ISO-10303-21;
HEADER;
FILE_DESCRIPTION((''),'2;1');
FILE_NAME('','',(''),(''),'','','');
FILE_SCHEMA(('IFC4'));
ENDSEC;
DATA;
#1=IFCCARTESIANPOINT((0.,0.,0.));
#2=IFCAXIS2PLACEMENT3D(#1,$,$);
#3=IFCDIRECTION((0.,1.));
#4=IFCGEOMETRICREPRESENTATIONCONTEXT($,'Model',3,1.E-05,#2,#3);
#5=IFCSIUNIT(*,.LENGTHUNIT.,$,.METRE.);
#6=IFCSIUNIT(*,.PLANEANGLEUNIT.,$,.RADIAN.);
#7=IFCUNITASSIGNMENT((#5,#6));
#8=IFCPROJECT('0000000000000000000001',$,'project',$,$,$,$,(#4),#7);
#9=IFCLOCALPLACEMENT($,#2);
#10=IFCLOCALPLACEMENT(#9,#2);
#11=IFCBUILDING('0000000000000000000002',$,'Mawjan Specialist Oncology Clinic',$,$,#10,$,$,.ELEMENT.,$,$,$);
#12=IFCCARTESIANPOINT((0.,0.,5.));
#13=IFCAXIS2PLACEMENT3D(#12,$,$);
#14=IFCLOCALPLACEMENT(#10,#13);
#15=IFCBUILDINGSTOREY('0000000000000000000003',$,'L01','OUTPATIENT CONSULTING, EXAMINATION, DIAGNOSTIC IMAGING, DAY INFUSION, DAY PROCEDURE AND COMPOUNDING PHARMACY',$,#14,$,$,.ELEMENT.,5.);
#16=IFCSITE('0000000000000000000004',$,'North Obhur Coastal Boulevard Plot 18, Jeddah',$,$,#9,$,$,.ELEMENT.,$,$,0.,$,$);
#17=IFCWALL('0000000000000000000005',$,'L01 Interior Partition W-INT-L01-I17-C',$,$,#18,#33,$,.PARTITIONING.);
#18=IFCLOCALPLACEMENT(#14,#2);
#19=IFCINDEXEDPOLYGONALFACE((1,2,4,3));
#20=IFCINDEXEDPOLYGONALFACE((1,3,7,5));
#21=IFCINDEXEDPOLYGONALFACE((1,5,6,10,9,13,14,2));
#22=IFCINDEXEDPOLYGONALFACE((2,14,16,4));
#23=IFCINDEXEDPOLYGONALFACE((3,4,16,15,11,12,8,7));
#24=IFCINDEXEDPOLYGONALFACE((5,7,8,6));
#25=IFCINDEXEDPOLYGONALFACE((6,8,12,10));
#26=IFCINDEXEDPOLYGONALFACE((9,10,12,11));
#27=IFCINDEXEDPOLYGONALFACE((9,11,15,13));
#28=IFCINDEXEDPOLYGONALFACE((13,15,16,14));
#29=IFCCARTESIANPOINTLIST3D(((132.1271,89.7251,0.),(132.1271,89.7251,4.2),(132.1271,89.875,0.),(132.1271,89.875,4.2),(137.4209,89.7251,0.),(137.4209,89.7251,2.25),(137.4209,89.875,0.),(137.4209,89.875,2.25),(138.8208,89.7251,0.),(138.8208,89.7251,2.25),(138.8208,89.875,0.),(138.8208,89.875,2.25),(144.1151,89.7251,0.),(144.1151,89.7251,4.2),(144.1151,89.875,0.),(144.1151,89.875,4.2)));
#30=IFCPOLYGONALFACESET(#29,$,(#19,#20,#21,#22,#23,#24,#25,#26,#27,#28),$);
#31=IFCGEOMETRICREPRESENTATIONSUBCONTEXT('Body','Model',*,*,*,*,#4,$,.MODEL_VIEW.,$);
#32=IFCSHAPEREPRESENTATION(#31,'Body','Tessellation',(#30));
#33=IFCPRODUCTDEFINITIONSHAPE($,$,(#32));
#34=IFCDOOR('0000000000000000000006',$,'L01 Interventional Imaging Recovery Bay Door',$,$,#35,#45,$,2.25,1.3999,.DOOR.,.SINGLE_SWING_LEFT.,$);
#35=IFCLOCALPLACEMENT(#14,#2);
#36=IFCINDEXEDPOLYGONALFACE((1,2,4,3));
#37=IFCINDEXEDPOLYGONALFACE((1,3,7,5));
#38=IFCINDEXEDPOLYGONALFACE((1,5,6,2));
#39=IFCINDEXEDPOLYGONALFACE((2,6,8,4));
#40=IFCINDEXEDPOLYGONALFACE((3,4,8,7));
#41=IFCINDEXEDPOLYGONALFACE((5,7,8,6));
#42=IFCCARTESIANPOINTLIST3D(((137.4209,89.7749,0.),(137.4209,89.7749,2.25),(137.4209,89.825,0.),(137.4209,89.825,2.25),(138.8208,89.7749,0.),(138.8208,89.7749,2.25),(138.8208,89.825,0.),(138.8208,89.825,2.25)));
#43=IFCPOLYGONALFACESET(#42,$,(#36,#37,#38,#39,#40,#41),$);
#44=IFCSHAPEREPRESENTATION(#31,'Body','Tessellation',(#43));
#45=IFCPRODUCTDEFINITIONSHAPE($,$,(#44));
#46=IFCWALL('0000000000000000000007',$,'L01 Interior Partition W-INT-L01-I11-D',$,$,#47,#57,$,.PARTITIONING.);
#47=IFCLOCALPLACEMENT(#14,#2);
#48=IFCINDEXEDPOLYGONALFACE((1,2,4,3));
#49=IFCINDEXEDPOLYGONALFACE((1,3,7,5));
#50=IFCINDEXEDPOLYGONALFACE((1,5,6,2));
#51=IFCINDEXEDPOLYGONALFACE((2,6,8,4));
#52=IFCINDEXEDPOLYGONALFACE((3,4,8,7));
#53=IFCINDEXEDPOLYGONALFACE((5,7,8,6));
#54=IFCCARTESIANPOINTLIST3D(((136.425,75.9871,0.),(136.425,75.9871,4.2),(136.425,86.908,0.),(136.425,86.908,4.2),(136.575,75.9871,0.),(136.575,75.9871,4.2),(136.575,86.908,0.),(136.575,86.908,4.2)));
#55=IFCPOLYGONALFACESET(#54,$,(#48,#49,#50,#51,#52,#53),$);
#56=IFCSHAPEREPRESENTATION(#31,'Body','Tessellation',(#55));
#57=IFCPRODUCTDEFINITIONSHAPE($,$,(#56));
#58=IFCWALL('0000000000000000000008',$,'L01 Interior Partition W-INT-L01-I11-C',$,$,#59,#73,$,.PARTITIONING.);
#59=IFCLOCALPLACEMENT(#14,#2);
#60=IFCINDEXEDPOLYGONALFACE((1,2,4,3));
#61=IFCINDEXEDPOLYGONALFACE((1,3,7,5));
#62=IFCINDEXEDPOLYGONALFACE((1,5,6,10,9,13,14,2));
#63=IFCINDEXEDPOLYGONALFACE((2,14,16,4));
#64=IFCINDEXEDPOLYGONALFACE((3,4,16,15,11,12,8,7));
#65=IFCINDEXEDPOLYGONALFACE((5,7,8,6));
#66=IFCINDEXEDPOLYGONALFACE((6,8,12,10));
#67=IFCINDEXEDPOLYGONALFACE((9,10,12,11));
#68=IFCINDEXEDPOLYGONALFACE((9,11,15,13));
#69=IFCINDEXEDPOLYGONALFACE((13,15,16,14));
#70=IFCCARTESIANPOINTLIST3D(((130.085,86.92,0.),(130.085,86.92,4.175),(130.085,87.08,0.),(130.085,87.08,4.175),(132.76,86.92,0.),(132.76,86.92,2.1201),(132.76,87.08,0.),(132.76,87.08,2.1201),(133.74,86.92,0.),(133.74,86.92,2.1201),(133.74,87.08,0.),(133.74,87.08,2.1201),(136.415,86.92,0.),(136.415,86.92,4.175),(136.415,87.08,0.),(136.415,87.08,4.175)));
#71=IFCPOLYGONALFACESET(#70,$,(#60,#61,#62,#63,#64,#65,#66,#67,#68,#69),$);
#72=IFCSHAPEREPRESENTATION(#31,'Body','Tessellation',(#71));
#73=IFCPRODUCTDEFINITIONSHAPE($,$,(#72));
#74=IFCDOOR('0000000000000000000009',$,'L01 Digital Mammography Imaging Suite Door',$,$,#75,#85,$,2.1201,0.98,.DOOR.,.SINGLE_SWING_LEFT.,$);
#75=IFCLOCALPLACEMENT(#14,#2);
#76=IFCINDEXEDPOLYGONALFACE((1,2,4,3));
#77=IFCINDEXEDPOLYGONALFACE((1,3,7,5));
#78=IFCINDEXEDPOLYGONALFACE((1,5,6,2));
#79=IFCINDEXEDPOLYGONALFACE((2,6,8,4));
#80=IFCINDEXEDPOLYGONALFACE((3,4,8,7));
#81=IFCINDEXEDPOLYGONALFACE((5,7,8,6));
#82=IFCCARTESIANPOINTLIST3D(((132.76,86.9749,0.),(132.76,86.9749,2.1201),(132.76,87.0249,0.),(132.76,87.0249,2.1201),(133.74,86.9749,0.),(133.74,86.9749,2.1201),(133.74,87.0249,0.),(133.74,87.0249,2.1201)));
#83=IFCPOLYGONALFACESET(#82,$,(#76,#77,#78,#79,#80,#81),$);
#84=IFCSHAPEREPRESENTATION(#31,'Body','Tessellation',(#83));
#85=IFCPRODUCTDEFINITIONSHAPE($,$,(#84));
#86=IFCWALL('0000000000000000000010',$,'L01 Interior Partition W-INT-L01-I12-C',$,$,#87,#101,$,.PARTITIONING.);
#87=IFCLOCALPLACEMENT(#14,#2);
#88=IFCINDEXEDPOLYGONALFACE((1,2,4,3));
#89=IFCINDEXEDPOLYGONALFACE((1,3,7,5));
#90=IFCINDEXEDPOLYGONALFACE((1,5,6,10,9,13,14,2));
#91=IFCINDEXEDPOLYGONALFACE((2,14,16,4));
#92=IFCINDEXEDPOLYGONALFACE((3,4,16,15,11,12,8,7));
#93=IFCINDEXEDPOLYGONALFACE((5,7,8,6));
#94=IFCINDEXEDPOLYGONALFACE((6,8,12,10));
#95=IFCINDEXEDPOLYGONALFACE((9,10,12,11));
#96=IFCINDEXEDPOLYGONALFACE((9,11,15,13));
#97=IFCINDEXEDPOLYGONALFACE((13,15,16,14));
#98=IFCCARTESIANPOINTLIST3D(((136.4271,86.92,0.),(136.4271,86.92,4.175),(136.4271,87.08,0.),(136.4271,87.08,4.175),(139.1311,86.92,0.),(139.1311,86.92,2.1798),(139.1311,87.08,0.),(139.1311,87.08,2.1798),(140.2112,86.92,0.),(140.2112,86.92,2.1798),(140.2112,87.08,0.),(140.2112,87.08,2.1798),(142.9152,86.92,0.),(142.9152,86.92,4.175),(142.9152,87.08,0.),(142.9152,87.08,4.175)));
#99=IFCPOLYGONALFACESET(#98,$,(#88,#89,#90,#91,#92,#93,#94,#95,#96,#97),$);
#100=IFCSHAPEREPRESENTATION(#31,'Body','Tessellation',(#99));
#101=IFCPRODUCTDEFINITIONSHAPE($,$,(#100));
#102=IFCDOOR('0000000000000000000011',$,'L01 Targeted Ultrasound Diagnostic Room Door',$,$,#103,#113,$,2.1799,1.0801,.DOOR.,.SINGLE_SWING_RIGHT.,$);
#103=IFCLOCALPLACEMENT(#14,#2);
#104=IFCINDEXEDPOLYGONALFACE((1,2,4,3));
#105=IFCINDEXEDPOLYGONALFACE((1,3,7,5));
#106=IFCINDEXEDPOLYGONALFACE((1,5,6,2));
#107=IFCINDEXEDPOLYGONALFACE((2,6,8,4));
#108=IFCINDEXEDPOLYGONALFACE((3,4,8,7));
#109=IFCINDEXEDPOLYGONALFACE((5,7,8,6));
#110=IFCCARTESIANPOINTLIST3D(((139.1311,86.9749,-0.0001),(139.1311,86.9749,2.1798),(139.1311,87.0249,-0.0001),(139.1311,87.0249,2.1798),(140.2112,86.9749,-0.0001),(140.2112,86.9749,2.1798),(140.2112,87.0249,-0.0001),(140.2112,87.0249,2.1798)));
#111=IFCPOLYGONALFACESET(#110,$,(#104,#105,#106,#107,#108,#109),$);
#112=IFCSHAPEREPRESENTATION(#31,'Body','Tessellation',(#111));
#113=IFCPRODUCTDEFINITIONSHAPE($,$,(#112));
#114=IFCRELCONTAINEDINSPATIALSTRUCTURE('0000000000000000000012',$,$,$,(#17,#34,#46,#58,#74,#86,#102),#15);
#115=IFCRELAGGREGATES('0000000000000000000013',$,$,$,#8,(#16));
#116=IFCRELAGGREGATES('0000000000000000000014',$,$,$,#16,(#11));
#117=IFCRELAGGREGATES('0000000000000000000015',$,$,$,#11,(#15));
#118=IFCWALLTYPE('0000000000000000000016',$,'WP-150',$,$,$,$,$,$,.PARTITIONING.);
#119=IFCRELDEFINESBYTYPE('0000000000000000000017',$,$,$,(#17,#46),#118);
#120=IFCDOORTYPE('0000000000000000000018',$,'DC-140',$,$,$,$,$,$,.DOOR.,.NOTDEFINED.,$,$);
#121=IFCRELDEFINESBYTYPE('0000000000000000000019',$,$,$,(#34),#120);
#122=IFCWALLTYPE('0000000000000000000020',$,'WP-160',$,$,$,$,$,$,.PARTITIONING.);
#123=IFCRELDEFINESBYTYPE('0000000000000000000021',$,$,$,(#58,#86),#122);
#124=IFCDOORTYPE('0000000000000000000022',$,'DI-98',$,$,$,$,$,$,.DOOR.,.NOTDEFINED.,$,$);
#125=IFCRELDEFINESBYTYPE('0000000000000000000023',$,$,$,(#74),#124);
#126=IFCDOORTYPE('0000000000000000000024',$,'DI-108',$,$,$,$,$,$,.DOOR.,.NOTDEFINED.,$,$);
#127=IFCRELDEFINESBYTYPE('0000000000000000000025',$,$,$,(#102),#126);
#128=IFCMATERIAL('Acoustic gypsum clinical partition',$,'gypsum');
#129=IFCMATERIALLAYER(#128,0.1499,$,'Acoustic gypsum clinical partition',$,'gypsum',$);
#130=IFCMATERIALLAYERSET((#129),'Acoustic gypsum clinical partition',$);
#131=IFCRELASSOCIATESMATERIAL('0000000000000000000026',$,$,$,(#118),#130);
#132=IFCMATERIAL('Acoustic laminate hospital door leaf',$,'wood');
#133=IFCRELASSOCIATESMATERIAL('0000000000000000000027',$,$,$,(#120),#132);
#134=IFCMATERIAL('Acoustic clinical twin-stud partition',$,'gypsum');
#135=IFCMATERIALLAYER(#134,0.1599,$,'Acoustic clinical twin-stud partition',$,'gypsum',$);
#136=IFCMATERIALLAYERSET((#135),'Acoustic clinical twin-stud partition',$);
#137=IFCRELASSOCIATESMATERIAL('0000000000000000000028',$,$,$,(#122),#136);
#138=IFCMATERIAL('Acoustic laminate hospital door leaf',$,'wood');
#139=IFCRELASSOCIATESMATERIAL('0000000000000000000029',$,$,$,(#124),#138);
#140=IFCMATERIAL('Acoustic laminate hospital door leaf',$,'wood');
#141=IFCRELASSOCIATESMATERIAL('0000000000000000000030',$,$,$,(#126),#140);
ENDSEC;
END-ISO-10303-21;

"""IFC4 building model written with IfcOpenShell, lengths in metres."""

from ifc_helpers import new_model, si_unit, direction, frame, frame_2d, origin, place, context, subcontext, project, spatial, rectangle, extrude, material, layer, layer_set, type_object, element, fill, save


model = new_model("IFC4")

# Units and contexts
model_context = context("Model", 3, precision=1e-05, world=origin(), true_north=direction((0.0, 1.0)))
body_context = subcontext(model_context, "Body", "Model", "MODEL_VIEW")
ifc_project = project(units=[si_unit("LENGTHUNIT", "METRE"), si_unit("PLANEANGLEUNIT", "RADIAN")], contexts=[model_context])

# Site, building, storey
site_placement = place(None, origin())
site = spatial("IfcSite", under=ifc_project, at=site_placement, Name="North Obhur Coastal Boulevard Plot 18, Jeddah", CompositionType="ELEMENT", RefElevation=0.0)
building_placement = place(site_placement, origin())
building = spatial("IfcBuilding", under=site, at=building_placement, Name="Mawjan Specialist Oncology Clinic", CompositionType="ELEMENT")
storey_placement = place(building_placement, frame((0.0, 0.0, 5.0)))
storey = spatial("IfcBuildingStorey", under=building, at=storey_placement, Name="L01", Description="OUTPATIENT CONSULTING, EXAMINATION, DIAGNOSTIC IMAGING, DAY INFUSION, DAY PROCEDURE AND COMPOUNDING PHARMACY", CompositionType="ELEMENT", Elevation=5.0)

# Wall, opening, door
ifc_material_1 = material(Name="Acoustic gypsum clinical partition", Category="gypsum")
ifc_layer_1 = layer(ifc_material_1, 0.1499, Name="Acoustic gypsum clinical partition", Category="gypsum")
ifc_layer_set_1 = layer_set([ifc_layer_1], Name="Acoustic gypsum clinical partition")
wall_type_1 = type_object("IfcWallType", Name="WP-150", PredefinedType="PARTITIONING", material=ifc_layer_set_1)
wall_1_placement = place(storey_placement, frame((132.127, 89.8, 0.0), z_axis=(0.0, 0.0, 1.0), x_axis=(1.0, 0.0, 0.0)))
wall_1 = element("IfcWall", 1, at=wall_1_placement, inside=storey, type_object=wall_type_1, Name="L01 Interior Partition W-INT-L01-I17-C", PredefinedType="PARTITIONING", context=body_context, shape_type="SweptSolid", body=[
    extrude(rectangle(XDim=11.988, YDim=0.1499, at=frame_2d((5.9941, 0.0))), origin(), (0.0, 0.0, 1.0), 4.2),
])
opening_1_placement = place(wall_1_placement, frame((5.2939, 0.0, 0.0)))
opening_1 = element("IfcOpeningElement", 2, at=opening_1_placement, cuts=wall_1, PredefinedType="OPENING", context=body_context, shape_type="SweptSolid", body=[
    extrude(rectangle(XDim=1.3999, YDim=2.25, at=frame_2d((0.7, 1.125))), frame((0.0, 0.0869, 0.0), z_axis=(0.0, -1.0, 0.0), x_axis=(1.0, 0.0, 0.0)), (0.0, 0.0, 1.0), 0.1738),
])
ifc_material_2 = material(Name="Acoustic laminate hospital door leaf", Category="wood")
door_type_1 = type_object("IfcDoorType", Name="DC-140", OperationType="NOTDEFINED", PredefinedType="DOOR", material=ifc_material_2)
door_1_placement = place(opening_1_placement, origin())
door_1 = element("IfcDoor", 3, at=door_1_placement, inside=storey, type_object=door_type_1, Name="L01 Interventional Imaging Recovery Bay Door", OperationType="SINGLE_SWING_LEFT", OverallHeight=2.25, OverallWidth=1.3999, PredefinedType="DOOR", context=body_context, shape_type="SweptSolid", body=[
    extrude(rectangle(XDim=1.3999, YDim=2.25, at=frame_2d((0.7, 1.125))), frame((0.0, 0.0249, 0.0), z_axis=(0.0, -1.0, 0.0), x_axis=(1.0, 0.0, 0.0)), (0.0, 0.0, 1.0), 0.05),
])
fill(opening_1, door_1)

# Wall
wall_2_placement = place(storey_placement, frame((136.5, 75.9871, 0.0), z_axis=(0.0, 0.0, 1.0), x_axis=(0.0, 1.0, 0.0)))
element("IfcWall", 4, at=wall_2_placement, inside=storey, type_object=wall_type_1, Name="L01 Interior Partition W-INT-L01-I11-D", PredefinedType="PARTITIONING", context=body_context, shape_type="SweptSolid", body=[
    extrude(rectangle(XDim=10.9209, YDim=0.1499, at=frame_2d((5.4604, 0.0))), origin(), (0.0, 0.0, 1.0), 4.2),
])

# Walls, openings, doors
ifc_material_3 = material(Name="Acoustic clinical twin-stud partition", Category="gypsum")
ifc_layer_2 = layer(ifc_material_3, 0.1599, Name="Acoustic clinical twin-stud partition", Category="gypsum")
ifc_layer_set_2 = layer_set([ifc_layer_2], Name="Acoustic clinical twin-stud partition")
wall_type_2 = type_object("IfcWallType", Name="WP-160", PredefinedType="PARTITIONING", material=ifc_layer_set_2)
wall_3_placement = place(storey_placement, frame((130.085, 87.0, 0.0), z_axis=(0.0, 0.0, 1.0), x_axis=(1.0, 0.0, 0.0)))
wall_3 = element("IfcWall", 5, at=wall_3_placement, inside=storey, type_object=wall_type_2, Name="L01 Interior Partition W-INT-L01-I11-C", PredefinedType="PARTITIONING", context=body_context, shape_type="SweptSolid", body=[
    extrude(rectangle(XDim=6.3301, YDim=0.1599, at=frame_2d((3.165, 0.0))), origin(), (0.0, 0.0, 1.0), 4.175),
])
opening_2_placement = place(wall_3_placement, frame((2.675, 0.0, 0.0)))
opening_2 = element("IfcOpeningElement", 6, at=opening_2_placement, cuts=wall_3, PredefinedType="OPENING", context=body_context, shape_type="SweptSolid", body=[
    extrude(rectangle(XDim=0.98, YDim=2.1201, at=frame_2d((0.49, 1.0601))), frame((0.0, 0.092, 0.0), z_axis=(0.0, -1.0, 0.0), x_axis=(1.0, 0.0, 0.0)), (0.0, 0.0, 1.0), 0.1838),
])
ifc_material_4 = material(Name="Acoustic laminate hospital door leaf", Category="wood")
door_type_2 = type_object("IfcDoorType", Name="DI-98", OperationType="NOTDEFINED", PredefinedType="DOOR", material=ifc_material_4)
door_2_placement = place(opening_2_placement, origin())
door_2 = element("IfcDoor", 7, at=door_2_placement, inside=storey, type_object=door_type_2, Name="L01 Digital Mammography Imaging Suite Door", OperationType="SINGLE_SWING_LEFT", OverallHeight=2.1201, OverallWidth=0.98, PredefinedType="DOOR", context=body_context, shape_type="SweptSolid", body=[
    extrude(rectangle(XDim=0.98, YDim=2.1201, at=frame_2d((0.49, 1.0601))), frame((0.0, 0.0249, 0.0), z_axis=(0.0, -1.0, 0.0), x_axis=(1.0, 0.0, 0.0)), (0.0, 0.0, 1.0), 0.05),
])
fill(opening_2, door_2)
wall_4_placement = place(storey_placement, frame((136.427, 87.0, 0.0), z_axis=(0.0, 0.0, 1.0), x_axis=(1.0, 0.0, 0.0)))
wall_4 = element("IfcWall", 8, at=wall_4_placement, inside=storey, type_object=wall_type_2, Name="L01 Interior Partition W-INT-L01-I12-C", PredefinedType="PARTITIONING", context=body_context, shape_type="SweptSolid", body=[
    extrude(rectangle(XDim=6.488, YDim=0.1599, at=frame_2d((3.2441, 0.0))), origin(), (0.0, 0.0, 1.0), 4.175),
])
opening_3_placement = place(wall_4_placement, frame((2.7041, 0.0, 0.0)))
opening_3 = element("IfcOpeningElement", 9, at=opening_3_placement, cuts=wall_4, PredefinedType="OPENING", context=body_context, shape_type="SweptSolid", body=[
    extrude(rectangle(XDim=1.0801, YDim=2.1799, at=frame_2d((0.54, 1.0898))), frame((0.0, 0.092, 0.0), z_axis=(0.0, -1.0, 0.0), x_axis=(1.0, 0.0, 0.0)), (0.0, 0.0, 1.0), 0.1838),
])
ifc_material_5 = material(Name="Acoustic laminate hospital door leaf", Category="wood")
door_type_3 = type_object("IfcDoorType", Name="DI-108", OperationType="NOTDEFINED", PredefinedType="DOOR", material=ifc_material_5)
door_3_placement = place(opening_3_placement, origin())
door_3 = element("IfcDoor", 10, at=door_3_placement, inside=storey, type_object=door_type_3, Name="L01 Targeted Ultrasound Diagnostic Room Door", OperationType="SINGLE_SWING_RIGHT", OverallHeight=2.1799, OverallWidth=1.0801, PredefinedType="DOOR", context=body_context, shape_type="SweptSolid", body=[
    extrude(rectangle(XDim=1.0801, YDim=2.1799, at=frame_2d((0.54, 1.0898))), frame((0.0, 0.0249, 0.0), z_axis=(0.0, -1.0, 0.0), x_axis=(1.0, 0.0, 0.0)), (0.0, 0.0, 1.0), 0.05),
])
fill(opening_3, door_3)

save(model, "model.ifc")
